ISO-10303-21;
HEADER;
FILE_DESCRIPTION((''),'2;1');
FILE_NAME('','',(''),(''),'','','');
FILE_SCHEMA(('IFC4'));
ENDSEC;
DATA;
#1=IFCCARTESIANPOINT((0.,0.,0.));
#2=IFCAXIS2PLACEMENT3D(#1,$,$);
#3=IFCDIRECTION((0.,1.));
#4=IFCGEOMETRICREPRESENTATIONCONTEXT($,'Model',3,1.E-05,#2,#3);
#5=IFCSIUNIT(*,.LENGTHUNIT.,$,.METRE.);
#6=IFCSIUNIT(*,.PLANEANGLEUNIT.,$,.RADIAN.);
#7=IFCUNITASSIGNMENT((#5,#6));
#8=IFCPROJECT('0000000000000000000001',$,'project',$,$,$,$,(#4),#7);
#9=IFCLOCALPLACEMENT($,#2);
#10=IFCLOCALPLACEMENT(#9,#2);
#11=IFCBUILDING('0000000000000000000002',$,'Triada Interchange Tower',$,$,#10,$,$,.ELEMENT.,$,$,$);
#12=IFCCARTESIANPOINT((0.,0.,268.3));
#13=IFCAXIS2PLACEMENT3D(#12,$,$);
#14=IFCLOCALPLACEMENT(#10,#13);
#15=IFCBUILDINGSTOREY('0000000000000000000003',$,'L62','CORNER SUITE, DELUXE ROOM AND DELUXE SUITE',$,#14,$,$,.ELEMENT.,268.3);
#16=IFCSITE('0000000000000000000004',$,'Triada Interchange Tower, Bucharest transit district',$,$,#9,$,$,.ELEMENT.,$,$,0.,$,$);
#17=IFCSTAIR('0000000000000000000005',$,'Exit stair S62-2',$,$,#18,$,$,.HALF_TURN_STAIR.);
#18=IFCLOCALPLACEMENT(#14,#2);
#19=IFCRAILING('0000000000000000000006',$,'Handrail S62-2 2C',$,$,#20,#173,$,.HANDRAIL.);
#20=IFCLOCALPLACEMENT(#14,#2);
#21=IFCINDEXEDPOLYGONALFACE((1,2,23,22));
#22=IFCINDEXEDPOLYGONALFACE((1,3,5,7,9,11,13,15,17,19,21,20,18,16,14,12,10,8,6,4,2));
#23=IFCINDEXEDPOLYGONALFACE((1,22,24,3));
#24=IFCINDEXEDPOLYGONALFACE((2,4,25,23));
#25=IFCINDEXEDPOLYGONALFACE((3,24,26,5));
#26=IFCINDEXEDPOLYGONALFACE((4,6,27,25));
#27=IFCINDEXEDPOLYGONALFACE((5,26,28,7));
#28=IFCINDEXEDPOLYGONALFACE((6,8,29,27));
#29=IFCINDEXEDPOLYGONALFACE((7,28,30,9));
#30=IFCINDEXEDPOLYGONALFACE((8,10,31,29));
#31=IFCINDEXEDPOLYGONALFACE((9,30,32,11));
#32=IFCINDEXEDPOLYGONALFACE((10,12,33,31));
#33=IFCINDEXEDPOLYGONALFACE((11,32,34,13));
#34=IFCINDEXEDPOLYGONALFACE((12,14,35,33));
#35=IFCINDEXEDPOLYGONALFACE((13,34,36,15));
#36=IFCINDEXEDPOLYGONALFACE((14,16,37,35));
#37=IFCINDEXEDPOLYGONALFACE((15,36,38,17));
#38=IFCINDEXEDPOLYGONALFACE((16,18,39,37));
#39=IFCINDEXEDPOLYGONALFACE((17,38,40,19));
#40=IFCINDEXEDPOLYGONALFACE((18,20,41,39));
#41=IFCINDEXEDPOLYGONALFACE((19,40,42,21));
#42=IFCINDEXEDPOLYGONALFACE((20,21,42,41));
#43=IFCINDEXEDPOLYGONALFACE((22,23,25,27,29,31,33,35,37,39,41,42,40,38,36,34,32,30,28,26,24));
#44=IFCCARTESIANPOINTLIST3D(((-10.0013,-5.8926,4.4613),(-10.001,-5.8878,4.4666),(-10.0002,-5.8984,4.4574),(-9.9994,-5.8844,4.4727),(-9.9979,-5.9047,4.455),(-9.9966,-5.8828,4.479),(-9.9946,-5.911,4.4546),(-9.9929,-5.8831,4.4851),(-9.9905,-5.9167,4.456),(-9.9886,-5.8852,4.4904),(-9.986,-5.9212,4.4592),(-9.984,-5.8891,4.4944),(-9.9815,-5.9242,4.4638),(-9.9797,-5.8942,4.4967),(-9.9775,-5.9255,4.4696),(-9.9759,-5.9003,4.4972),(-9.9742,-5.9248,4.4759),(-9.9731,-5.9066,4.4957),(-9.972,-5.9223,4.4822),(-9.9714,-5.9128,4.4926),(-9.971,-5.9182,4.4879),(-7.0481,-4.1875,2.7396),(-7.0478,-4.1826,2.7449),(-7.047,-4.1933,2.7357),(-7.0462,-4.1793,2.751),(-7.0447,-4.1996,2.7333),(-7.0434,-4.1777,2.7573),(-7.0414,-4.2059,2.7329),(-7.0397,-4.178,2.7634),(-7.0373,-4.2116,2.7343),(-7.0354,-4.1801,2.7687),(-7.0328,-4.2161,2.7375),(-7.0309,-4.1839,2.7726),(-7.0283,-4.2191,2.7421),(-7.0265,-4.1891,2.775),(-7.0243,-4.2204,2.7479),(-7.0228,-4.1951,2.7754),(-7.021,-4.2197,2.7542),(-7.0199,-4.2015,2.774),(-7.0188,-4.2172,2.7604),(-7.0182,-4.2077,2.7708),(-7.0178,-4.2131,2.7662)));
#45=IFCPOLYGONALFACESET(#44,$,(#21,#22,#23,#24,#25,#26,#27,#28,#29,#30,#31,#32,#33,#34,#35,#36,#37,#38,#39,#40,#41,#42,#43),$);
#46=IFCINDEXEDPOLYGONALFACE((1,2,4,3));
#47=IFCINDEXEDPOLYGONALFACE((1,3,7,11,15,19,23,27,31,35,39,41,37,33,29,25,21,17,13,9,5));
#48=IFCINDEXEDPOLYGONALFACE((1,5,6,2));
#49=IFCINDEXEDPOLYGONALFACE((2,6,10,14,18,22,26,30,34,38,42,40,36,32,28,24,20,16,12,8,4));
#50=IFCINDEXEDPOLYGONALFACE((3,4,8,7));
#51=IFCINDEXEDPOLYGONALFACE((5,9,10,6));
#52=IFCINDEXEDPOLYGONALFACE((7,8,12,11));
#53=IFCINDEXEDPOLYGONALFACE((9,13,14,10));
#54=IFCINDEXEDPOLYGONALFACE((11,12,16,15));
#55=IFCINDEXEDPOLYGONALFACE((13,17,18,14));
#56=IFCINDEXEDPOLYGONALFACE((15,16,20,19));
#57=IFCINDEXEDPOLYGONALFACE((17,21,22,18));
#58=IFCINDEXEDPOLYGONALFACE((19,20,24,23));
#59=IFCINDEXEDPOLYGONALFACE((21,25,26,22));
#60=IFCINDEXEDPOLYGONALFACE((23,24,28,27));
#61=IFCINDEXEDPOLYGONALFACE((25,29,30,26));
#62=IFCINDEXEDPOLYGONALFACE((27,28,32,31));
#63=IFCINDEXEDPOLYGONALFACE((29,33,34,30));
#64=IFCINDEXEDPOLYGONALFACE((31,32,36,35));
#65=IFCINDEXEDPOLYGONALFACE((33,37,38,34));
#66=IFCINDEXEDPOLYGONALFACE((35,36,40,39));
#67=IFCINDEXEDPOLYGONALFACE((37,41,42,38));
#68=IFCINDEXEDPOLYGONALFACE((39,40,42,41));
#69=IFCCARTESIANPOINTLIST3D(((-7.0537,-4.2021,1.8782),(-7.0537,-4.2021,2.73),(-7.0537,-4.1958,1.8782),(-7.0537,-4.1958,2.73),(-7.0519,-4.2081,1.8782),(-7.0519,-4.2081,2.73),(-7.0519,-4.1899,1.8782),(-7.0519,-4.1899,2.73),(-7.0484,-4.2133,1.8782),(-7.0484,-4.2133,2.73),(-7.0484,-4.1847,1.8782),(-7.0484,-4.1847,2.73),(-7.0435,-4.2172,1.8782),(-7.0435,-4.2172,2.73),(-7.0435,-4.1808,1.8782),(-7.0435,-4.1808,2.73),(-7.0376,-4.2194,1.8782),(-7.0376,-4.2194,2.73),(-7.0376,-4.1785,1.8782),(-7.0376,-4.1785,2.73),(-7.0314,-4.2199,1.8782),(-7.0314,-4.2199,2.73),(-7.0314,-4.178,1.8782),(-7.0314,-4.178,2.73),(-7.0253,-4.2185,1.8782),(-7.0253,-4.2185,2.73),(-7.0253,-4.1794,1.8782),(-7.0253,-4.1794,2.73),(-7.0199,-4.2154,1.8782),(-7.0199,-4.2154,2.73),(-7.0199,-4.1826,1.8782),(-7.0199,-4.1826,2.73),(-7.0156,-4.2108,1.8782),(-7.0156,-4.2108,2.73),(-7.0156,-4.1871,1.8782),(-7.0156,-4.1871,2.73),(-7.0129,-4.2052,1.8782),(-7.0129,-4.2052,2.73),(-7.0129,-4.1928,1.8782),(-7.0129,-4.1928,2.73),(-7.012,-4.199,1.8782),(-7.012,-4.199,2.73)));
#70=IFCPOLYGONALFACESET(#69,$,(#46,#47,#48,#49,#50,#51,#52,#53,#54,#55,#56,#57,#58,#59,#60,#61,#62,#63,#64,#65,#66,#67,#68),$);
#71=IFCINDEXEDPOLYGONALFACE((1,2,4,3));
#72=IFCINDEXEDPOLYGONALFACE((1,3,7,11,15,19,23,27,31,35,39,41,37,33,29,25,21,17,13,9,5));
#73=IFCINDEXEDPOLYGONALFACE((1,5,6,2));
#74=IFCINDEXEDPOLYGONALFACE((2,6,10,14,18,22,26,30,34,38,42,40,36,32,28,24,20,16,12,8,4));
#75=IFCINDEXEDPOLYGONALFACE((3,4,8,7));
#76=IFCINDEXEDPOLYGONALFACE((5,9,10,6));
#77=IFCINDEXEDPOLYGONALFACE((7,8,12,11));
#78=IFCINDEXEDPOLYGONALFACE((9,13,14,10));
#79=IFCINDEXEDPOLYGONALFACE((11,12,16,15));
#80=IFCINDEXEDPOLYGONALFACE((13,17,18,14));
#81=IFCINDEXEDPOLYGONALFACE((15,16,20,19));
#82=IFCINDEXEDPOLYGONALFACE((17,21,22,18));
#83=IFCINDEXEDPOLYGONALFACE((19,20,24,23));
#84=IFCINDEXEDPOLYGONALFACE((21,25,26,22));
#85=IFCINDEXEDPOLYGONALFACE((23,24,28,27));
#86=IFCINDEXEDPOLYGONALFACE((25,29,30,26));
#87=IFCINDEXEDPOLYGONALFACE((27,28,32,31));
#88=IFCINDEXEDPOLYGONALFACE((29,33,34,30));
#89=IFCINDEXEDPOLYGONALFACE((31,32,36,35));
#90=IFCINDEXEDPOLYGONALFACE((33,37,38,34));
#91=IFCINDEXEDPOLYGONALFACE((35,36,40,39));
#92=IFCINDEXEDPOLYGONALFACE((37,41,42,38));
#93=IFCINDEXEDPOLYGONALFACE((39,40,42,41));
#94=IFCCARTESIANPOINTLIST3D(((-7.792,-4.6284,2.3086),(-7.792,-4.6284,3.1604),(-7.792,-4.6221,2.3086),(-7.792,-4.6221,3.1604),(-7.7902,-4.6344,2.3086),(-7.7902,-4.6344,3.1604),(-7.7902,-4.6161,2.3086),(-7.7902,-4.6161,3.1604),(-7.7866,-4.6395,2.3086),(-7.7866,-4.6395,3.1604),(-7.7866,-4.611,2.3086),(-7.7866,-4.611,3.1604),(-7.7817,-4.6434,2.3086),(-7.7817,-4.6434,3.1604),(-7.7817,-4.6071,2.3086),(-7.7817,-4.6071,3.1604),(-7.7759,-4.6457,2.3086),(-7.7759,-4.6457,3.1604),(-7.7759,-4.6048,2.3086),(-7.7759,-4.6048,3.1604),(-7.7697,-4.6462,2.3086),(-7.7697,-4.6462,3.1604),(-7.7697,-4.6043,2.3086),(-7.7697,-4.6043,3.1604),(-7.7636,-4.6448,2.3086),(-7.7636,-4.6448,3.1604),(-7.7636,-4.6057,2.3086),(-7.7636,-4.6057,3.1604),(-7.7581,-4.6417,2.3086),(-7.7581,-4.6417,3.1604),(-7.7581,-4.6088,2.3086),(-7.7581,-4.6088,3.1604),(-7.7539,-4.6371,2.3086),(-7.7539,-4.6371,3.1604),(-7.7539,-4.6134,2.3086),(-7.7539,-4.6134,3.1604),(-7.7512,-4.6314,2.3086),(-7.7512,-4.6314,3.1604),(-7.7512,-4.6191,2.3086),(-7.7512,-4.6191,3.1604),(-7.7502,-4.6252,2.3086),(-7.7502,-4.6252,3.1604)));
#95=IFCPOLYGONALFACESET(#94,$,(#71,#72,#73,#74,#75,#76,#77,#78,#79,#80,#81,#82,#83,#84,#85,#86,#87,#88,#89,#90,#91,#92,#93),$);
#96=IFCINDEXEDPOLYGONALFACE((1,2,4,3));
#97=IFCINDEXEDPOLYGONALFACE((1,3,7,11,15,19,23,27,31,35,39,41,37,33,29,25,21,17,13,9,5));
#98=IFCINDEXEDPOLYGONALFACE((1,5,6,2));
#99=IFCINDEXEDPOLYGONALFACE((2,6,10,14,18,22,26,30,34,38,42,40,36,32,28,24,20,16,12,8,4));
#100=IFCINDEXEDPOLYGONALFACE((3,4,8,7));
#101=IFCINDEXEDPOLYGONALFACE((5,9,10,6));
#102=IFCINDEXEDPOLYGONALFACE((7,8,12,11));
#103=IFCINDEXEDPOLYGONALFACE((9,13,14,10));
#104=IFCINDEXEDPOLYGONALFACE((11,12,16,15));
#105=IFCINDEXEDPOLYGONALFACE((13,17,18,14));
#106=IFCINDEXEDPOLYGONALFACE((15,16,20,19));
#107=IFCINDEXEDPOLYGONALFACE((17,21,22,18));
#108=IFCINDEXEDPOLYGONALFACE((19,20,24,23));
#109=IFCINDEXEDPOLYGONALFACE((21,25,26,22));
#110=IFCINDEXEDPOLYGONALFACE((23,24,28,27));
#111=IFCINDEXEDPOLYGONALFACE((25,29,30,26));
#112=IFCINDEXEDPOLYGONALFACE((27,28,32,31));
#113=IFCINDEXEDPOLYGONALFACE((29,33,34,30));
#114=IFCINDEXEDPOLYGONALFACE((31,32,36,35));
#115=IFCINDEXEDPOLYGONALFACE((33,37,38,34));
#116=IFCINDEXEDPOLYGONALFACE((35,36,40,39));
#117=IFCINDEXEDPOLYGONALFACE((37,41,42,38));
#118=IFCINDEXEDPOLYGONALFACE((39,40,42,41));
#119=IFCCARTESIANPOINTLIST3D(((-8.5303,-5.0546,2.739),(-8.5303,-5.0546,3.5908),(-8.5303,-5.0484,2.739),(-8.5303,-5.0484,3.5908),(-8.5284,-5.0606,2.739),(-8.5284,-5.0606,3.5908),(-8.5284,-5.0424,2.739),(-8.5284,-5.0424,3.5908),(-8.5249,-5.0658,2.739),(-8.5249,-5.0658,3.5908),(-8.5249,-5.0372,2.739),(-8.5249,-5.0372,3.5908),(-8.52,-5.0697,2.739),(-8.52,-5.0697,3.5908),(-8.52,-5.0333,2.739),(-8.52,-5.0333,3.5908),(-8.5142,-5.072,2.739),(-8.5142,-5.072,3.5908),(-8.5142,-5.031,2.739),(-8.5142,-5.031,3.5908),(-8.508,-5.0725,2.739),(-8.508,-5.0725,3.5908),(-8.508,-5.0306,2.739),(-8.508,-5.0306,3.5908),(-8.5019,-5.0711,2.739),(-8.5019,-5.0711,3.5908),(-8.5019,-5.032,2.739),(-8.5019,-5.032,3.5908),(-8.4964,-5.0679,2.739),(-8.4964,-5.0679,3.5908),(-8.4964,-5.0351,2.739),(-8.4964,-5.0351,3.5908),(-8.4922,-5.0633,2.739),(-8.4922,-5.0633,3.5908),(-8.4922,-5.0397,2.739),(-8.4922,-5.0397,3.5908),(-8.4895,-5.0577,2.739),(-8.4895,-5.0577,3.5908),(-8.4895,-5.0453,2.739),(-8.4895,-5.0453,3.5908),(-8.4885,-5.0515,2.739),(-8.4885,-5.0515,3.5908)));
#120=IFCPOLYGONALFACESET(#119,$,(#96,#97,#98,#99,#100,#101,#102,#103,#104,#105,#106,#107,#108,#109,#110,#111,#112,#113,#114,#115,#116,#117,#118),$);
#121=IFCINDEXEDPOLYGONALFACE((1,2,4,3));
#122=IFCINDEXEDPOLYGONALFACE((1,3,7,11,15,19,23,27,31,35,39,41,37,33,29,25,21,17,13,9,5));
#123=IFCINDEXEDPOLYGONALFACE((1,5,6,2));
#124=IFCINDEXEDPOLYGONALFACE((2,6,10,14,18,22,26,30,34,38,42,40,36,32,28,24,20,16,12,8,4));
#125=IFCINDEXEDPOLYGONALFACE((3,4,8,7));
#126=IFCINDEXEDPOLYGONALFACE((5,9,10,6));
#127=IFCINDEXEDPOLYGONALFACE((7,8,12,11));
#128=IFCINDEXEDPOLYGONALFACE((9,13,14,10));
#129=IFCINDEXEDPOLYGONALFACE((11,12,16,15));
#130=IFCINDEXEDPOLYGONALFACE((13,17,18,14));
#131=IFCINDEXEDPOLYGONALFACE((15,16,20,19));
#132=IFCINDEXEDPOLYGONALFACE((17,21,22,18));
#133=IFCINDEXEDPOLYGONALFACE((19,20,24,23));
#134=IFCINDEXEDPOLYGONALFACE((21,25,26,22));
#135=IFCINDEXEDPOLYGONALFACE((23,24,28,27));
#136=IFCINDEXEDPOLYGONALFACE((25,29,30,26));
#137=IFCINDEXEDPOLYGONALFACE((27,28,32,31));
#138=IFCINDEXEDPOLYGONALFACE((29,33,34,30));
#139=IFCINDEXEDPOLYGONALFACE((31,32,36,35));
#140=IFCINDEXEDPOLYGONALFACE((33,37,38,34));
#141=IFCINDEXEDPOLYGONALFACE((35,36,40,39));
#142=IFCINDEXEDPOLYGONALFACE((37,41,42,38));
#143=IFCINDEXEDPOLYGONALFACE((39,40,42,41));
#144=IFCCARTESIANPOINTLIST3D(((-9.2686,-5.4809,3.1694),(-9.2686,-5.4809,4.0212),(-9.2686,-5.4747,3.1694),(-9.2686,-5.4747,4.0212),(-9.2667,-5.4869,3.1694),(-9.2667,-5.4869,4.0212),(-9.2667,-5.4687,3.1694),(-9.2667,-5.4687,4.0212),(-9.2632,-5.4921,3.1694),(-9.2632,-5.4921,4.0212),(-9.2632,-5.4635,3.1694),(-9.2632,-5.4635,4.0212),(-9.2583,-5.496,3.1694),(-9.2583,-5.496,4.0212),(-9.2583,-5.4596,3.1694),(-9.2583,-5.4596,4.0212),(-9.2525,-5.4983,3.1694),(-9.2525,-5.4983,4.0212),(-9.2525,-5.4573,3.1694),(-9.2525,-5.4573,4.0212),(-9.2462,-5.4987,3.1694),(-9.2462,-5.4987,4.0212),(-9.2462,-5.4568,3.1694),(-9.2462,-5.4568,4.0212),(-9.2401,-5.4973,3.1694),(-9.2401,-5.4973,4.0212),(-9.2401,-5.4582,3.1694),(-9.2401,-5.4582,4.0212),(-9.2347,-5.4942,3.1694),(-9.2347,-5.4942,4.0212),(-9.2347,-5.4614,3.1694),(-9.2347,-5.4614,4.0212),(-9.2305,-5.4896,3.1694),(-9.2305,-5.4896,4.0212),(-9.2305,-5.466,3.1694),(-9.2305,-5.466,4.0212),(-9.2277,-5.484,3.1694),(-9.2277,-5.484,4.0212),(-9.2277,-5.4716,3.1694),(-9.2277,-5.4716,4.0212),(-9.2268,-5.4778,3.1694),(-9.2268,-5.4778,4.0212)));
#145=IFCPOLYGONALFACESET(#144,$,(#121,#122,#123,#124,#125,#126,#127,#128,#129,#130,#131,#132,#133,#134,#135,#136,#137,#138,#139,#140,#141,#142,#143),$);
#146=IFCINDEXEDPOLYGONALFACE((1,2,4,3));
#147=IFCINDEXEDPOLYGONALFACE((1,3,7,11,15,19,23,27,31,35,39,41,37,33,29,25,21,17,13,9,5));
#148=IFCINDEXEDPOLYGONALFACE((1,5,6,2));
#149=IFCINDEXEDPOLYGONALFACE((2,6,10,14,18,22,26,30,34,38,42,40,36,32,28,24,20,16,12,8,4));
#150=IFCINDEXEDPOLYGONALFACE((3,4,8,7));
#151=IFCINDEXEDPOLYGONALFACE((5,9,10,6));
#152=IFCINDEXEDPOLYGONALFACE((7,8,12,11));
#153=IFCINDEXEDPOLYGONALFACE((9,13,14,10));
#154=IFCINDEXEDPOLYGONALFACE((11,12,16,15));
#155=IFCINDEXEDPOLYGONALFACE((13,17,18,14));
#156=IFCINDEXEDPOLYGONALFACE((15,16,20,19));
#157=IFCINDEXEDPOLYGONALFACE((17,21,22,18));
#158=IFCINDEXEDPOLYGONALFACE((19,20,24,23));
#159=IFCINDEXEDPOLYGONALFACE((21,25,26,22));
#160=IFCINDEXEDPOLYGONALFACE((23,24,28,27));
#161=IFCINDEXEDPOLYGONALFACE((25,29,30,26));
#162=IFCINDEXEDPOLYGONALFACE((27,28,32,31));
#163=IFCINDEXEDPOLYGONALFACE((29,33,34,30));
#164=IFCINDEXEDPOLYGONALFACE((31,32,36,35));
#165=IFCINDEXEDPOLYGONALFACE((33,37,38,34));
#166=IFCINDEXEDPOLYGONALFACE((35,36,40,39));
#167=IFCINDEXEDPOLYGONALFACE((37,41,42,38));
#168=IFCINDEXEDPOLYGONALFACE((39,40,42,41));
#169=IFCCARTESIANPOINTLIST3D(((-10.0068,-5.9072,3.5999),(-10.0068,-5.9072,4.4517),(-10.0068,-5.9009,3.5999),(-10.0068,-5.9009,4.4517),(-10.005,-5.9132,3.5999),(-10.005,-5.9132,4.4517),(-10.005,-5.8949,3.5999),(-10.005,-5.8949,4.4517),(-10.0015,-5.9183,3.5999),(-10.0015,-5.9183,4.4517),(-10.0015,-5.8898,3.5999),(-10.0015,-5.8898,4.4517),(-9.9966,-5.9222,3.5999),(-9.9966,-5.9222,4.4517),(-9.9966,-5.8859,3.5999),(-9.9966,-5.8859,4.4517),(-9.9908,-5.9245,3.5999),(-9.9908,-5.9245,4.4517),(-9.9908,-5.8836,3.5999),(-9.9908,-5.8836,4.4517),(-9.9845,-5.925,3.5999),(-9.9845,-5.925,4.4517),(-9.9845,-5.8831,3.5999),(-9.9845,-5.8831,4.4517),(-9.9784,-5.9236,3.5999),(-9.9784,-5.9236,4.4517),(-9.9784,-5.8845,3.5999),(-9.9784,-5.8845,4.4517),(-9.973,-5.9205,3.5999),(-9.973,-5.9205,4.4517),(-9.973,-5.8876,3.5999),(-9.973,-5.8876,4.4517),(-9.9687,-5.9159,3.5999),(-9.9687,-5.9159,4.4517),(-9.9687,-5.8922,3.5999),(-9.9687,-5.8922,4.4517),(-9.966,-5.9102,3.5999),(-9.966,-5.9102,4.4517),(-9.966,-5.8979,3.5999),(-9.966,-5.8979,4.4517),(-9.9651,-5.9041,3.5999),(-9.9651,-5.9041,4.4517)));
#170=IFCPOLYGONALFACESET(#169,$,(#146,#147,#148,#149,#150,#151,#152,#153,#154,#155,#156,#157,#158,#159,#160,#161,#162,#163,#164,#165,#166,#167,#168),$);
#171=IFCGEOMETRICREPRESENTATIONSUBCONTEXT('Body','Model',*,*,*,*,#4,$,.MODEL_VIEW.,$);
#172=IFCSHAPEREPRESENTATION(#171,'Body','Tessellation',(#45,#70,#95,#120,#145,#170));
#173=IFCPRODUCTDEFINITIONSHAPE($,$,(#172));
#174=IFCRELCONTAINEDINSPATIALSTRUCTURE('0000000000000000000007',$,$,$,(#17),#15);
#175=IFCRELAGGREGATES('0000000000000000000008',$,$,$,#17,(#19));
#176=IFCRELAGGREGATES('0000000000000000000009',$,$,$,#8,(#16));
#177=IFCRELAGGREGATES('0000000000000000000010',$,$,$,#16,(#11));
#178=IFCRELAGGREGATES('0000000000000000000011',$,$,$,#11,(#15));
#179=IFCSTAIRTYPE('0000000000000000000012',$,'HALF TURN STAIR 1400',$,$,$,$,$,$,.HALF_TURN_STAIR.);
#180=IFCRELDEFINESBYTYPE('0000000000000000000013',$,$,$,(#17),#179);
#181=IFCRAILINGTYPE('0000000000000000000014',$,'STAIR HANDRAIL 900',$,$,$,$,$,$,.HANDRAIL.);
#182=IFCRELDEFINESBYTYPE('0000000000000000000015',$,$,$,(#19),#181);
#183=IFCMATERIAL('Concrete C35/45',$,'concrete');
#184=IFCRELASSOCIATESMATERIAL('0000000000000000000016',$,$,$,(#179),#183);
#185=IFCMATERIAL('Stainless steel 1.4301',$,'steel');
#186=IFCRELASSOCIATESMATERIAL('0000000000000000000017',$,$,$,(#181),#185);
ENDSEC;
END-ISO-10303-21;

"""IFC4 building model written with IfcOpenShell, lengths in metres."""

from ifc_helpers import new_model, si_unit, direction, frame, origin, origin_2d, place, context, subcontext, project, spatial, circle, extrude, material, type_object, element, aggregate, save


model = new_model("IFC4")

# Units and contexts
model_context = context("Model", 3, precision=1e-05, world=origin(), true_north=direction((0.0, 1.0)))
body_context = subcontext(model_context, "Body", "Model", "MODEL_VIEW")
ifc_project = project(units=[si_unit("LENGTHUNIT", "METRE"), si_unit("PLANEANGLEUNIT", "RADIAN")], contexts=[model_context])

# Site, building, storey
site_placement = place(None, origin())
site = spatial("IfcSite", under=ifc_project, at=site_placement, Name="Triada Interchange Tower, Bucharest transit district", CompositionType="ELEMENT", RefElevation=0.0)
building_placement = place(site_placement, origin())
building = spatial("IfcBuilding", under=site, at=building_placement, Name="Triada Interchange Tower", CompositionType="ELEMENT")
storey_placement = place(building_placement, frame((0.0, 0.0, 268.3)))
storey = spatial("IfcBuildingStorey", under=building, at=storey_placement, Name="L62", Description="CORNER SUITE, DELUXE ROOM AND DELUXE SUITE", CompositionType="ELEMENT", Elevation=268.3)

# Stair, railing
ifc_material_1 = material(Name="Concrete C35/45", Category="concrete")
stair_type = type_object("IfcStairType", Name="HALF TURN STAIR 1400", PredefinedType="HALF_TURN_STAIR", material=ifc_material_1)
stair_placement = place(storey_placement, origin())
stair = element("IfcStair", 1, at=stair_placement, inside=storey, type_object=stair_type, Name="Exit stair S62-2", PredefinedType="HALF_TURN_STAIR")
ifc_material_2 = material(Name="Stainless steel 1.4301", Category="steel")
railing_type = type_object("IfcRailingType", Name="STAIR HANDRAIL 900", PredefinedType="HANDRAIL", material=ifc_material_2)
railing_1_placement = place(storey_placement, frame((-7.033, -4.199, 1.8782)))
railing_1 = element("IfcRailing", 2, at=railing_1_placement, type_object=railing_type, Name="Handrail S62-2 2C", PredefinedType="HANDRAIL", context=body_context, shape_type="SweptSolid", body=[
    extrude(circle(Radius=0.0239, at=origin_2d()), frame((0.0, 0.0, 0.876), z_axis=(-0.773069, -0.446355, 0.450701), x_axis=(0.50002, -0.866014, 0.0)), (0.0, 0.0, 1.0), 3.8201),
    extrude(circle(Radius=0.021, at=origin_2d()), origin(), (0.0, 0.0, 1.0), 0.8518),
    extrude(circle(Radius=0.021, at=origin_2d()), frame((-0.7383, -0.4263, 0.4304)), (0.0, 0.0, 1.0), 0.8518),
    extrude(circle(Radius=0.021, at=origin_2d()), frame((-1.4766, -0.8525, 0.8608)), (0.0, 0.0, 1.0), 0.8518),
    extrude(circle(Radius=0.021, at=origin_2d()), frame((-2.2148, -1.2788, 1.2913)), (0.0, 0.0, 1.0), 0.8518),
    extrude(circle(Radius=0.021, at=origin_2d()), frame((-2.9531, -1.7051, 1.7217)), (0.0, 0.0, 1.0), 0.8518),
])
aggregate(stair, [railing_1])

save(model, "model.ifc")
